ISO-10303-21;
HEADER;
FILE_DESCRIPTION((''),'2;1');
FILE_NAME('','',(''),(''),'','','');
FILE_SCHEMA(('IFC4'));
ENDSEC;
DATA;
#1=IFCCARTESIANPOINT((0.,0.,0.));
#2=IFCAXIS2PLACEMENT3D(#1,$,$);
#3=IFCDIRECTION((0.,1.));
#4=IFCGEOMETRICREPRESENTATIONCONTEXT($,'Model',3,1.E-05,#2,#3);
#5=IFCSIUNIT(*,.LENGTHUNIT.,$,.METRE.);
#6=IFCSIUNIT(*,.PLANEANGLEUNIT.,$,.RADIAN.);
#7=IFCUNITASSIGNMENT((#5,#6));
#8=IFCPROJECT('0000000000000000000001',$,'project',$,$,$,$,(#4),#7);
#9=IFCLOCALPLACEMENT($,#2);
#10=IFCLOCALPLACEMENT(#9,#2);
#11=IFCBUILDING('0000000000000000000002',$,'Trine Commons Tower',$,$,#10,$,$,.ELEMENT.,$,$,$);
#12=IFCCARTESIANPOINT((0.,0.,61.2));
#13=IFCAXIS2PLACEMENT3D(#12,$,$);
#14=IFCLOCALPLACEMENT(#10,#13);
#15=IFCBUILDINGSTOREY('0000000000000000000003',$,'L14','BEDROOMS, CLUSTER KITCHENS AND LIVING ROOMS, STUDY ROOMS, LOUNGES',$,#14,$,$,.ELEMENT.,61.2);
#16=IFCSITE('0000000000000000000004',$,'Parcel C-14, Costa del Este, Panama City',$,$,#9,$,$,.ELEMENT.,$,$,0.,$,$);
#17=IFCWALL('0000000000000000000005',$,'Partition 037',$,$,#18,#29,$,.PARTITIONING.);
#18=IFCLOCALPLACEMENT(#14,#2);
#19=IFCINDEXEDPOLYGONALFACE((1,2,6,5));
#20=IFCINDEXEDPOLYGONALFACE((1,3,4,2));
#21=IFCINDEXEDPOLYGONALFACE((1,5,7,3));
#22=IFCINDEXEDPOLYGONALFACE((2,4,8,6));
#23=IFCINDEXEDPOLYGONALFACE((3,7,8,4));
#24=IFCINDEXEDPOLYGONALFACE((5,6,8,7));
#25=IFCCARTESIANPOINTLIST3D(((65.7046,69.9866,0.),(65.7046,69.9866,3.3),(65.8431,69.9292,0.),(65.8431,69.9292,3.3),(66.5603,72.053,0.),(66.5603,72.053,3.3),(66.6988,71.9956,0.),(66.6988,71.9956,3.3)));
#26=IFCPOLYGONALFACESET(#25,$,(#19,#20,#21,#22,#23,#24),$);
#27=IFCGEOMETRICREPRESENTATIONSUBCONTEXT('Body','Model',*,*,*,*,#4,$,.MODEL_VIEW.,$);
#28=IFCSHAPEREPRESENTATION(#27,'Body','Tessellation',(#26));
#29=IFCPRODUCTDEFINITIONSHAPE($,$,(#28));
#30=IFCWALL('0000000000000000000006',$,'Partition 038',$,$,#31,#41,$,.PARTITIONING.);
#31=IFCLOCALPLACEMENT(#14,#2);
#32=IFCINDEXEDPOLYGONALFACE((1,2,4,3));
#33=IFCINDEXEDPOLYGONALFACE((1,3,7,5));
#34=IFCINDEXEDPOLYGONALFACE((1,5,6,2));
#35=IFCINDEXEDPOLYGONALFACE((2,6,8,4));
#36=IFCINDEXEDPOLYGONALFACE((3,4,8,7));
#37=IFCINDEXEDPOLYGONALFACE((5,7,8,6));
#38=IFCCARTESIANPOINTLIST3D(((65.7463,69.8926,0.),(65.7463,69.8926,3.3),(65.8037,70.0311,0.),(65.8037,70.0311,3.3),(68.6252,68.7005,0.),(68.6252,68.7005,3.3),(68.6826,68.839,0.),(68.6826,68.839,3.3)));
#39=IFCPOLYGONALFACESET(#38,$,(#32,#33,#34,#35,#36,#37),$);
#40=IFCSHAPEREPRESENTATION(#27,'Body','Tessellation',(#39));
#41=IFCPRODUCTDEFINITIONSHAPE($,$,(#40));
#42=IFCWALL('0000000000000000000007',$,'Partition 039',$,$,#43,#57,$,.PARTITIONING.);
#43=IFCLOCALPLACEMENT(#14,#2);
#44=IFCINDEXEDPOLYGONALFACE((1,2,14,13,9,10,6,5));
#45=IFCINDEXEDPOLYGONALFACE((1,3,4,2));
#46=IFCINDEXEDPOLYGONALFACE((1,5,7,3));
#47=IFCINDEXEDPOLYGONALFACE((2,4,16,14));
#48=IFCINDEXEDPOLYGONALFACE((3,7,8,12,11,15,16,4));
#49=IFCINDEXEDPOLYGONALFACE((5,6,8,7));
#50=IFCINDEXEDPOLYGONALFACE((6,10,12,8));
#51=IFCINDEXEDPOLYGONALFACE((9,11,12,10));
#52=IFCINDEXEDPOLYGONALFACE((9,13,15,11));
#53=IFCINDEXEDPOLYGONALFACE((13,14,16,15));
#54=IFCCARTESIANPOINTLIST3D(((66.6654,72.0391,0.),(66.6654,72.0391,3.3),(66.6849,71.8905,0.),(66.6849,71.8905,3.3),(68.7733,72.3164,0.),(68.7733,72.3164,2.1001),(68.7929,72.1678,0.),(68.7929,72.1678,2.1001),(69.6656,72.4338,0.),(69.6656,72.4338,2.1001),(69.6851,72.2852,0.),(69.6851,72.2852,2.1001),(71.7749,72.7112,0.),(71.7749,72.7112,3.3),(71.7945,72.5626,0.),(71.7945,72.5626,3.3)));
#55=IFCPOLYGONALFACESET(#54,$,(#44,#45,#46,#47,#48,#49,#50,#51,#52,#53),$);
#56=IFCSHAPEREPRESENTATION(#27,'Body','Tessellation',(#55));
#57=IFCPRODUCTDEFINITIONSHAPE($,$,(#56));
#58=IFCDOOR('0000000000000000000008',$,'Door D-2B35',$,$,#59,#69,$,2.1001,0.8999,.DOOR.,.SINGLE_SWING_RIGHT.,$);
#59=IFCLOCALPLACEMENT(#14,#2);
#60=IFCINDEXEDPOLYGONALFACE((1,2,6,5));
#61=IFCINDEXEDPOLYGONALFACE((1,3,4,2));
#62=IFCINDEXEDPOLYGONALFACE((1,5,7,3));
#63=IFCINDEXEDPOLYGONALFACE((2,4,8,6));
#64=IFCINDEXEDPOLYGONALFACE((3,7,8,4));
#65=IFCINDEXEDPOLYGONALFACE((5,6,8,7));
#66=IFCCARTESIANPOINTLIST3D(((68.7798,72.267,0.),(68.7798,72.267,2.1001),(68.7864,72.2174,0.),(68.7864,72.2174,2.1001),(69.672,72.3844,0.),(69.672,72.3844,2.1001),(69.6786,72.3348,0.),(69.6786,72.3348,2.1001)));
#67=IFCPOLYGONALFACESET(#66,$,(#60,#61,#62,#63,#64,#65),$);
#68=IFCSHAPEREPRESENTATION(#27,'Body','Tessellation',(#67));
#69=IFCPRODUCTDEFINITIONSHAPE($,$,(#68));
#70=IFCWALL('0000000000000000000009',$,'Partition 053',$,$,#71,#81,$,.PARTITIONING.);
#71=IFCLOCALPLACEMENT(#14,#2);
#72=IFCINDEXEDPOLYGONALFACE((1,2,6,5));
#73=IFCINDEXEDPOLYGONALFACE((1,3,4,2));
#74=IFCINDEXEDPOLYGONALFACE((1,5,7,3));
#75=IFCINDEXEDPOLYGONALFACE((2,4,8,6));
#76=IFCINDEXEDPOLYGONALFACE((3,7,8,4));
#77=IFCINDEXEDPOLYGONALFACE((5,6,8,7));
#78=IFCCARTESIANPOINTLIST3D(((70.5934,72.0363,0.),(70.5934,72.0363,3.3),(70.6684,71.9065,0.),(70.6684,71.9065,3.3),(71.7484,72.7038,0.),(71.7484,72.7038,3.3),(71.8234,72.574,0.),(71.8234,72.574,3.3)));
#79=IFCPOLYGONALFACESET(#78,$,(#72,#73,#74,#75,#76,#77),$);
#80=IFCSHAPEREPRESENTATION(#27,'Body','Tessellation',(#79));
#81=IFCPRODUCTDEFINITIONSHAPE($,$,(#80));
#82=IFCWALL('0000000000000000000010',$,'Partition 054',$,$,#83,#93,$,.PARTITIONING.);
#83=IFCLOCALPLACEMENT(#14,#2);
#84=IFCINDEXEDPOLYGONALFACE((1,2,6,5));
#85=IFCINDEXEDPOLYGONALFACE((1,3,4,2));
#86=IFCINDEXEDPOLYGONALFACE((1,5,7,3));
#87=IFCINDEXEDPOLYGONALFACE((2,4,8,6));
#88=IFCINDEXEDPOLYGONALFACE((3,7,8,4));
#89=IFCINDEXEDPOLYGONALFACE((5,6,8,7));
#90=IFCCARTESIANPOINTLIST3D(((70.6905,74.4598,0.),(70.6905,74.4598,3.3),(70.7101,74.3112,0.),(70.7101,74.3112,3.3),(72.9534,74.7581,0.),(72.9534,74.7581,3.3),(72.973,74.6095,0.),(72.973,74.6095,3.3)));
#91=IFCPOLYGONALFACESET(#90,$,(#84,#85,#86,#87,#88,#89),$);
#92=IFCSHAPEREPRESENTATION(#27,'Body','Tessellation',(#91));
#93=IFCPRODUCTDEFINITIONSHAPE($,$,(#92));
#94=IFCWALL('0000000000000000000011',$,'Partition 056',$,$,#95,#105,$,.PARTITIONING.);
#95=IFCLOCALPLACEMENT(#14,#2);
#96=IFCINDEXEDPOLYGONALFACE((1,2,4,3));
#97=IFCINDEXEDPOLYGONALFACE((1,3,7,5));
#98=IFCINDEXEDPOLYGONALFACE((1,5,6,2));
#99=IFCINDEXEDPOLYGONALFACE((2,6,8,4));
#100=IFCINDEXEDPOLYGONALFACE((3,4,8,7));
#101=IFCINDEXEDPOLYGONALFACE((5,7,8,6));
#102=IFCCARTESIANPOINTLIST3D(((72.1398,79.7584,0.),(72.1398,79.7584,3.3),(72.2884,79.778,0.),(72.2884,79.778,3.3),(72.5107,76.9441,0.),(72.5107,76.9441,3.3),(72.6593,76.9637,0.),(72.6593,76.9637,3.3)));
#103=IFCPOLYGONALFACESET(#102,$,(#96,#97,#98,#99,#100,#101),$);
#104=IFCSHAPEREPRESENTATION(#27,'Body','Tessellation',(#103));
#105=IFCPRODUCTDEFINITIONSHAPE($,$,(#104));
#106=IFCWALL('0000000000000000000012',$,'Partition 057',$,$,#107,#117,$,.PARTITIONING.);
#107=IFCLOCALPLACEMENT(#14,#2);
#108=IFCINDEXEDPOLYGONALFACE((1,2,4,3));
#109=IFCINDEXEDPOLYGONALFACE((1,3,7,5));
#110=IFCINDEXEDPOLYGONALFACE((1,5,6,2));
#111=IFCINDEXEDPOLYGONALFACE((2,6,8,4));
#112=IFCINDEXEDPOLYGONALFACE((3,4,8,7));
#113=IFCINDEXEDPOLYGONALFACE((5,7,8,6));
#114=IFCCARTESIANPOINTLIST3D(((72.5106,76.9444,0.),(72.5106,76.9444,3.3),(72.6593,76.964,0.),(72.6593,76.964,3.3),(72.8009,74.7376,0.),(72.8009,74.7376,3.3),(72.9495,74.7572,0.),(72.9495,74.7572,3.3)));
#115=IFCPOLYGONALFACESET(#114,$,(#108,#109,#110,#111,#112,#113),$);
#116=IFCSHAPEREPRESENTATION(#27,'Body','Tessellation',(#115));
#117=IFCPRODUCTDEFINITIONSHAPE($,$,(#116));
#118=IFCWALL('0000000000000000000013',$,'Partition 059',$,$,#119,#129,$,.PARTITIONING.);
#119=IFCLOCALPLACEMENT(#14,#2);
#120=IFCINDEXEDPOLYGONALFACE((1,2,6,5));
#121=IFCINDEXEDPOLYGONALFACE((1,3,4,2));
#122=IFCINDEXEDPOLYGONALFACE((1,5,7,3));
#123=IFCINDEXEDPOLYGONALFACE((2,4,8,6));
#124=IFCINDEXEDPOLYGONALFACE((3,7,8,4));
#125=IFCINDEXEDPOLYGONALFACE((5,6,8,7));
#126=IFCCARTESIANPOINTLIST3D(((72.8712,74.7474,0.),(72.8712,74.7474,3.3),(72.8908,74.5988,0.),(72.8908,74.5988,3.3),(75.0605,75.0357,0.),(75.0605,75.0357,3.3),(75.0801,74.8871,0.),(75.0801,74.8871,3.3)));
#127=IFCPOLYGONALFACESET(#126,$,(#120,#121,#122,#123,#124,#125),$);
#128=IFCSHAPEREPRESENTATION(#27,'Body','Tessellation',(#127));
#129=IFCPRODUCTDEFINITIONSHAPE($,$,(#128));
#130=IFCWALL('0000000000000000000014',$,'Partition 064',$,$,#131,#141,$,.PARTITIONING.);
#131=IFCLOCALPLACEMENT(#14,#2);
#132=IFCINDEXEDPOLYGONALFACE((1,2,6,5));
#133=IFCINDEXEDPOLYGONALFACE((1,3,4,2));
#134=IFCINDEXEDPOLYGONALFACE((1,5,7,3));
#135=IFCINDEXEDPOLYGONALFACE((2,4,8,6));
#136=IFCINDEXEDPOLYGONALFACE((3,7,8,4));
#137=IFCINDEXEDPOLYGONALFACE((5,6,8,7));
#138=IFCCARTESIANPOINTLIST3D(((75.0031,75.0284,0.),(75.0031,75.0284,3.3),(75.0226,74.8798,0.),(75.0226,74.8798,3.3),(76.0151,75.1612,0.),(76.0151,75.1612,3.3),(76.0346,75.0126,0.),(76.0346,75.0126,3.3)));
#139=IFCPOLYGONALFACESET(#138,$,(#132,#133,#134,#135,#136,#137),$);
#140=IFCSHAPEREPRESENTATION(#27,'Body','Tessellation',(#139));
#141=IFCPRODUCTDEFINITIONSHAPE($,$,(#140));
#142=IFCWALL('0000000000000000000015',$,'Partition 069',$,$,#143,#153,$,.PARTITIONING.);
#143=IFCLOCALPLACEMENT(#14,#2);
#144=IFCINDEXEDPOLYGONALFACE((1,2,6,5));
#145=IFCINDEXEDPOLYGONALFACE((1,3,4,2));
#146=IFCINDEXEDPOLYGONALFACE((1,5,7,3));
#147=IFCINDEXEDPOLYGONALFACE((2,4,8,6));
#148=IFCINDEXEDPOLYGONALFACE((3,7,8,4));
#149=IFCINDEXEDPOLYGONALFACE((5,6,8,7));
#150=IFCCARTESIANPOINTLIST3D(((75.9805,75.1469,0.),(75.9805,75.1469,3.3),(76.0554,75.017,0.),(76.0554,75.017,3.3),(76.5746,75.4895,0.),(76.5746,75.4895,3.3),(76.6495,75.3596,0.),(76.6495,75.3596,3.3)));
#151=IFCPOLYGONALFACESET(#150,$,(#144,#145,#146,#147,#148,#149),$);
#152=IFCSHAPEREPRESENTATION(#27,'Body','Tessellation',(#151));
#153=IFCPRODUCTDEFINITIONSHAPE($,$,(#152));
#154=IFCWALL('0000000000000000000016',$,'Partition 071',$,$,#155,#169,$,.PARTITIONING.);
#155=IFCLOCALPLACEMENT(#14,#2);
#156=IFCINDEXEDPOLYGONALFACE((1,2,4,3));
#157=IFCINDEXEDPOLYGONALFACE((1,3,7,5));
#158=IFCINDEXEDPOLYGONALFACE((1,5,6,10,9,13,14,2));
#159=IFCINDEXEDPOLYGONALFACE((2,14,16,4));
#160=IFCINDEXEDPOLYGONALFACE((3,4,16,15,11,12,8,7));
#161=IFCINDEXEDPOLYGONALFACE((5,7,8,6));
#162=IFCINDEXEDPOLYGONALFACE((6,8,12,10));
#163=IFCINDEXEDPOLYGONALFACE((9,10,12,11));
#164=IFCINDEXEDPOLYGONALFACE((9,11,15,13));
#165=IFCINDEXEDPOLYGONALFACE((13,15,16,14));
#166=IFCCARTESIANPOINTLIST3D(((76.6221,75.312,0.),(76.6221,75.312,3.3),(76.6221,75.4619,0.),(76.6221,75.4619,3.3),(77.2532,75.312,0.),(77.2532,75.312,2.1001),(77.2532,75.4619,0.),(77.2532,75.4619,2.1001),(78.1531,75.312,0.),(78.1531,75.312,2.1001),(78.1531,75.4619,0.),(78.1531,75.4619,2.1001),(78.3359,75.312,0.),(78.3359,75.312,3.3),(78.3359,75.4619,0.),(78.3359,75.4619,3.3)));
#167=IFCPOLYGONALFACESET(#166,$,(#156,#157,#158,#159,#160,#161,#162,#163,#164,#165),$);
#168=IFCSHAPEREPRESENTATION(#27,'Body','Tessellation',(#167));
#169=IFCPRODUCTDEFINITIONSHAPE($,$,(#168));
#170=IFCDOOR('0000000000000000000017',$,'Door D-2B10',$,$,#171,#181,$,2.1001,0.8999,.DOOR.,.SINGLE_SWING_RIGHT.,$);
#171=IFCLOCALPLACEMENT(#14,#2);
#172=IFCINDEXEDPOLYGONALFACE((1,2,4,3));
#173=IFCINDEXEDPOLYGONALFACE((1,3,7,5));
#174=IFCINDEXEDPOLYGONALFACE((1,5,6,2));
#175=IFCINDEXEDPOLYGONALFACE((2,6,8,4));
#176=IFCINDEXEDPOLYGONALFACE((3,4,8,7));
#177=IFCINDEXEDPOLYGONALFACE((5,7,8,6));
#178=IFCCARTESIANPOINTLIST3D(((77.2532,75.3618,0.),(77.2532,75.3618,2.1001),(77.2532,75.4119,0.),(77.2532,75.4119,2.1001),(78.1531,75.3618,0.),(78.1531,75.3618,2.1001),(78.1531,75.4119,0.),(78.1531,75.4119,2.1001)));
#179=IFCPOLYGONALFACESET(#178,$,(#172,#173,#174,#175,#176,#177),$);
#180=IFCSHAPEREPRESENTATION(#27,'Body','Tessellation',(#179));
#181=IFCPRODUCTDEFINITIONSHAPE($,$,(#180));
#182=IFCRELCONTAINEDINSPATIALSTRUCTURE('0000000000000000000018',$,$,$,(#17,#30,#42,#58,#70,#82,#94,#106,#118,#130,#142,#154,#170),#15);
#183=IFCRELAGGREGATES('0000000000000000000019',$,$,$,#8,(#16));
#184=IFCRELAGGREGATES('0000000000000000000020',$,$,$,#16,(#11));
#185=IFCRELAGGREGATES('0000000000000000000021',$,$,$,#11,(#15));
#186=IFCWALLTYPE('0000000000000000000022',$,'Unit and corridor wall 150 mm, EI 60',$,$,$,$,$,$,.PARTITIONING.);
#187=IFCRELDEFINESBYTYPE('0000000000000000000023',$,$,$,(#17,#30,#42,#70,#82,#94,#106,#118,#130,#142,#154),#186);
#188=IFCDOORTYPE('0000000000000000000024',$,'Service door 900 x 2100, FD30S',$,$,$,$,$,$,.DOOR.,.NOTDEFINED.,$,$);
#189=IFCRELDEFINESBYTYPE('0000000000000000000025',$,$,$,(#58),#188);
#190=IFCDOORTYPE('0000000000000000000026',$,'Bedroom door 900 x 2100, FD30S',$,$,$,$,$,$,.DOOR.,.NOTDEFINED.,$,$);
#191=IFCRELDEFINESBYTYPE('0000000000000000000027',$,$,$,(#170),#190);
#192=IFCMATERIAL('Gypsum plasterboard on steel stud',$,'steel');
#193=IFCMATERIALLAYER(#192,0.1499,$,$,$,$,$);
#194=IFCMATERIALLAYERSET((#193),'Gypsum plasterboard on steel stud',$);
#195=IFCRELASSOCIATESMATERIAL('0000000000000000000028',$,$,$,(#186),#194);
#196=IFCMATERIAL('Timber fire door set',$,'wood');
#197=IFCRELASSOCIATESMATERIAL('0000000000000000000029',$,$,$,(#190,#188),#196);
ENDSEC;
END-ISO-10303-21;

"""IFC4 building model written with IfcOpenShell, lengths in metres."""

from ifc_helpers import new_model, si_unit, direction, frame, frame_2d, origin, place, context, subcontext, project, spatial, rectangle, extrude, material, layer, layer_set, type_object, element, fill, save


model = new_model("IFC4")

# Units and contexts
model_context = context("Model", 3, precision=1e-05, world=origin(), true_north=direction((0.0, 1.0)))
body_context = subcontext(model_context, "Body", "Model", "MODEL_VIEW")
ifc_project = project(units=[si_unit("LENGTHUNIT", "METRE"), si_unit("PLANEANGLEUNIT", "RADIAN")], contexts=[model_context])

# Site, building, storey
site_placement = place(None, origin())
site = spatial("IfcSite", under=ifc_project, at=site_placement, Name="Parcel C-14, Costa del Este, Panama City", CompositionType="ELEMENT", RefElevation=0.0)
building_placement = place(site_placement, origin())
building = spatial("IfcBuilding", under=site, at=building_placement, Name="Trine Commons Tower", CompositionType="ELEMENT")
storey_placement = place(building_placement, frame((0.0, 0.0, 61.2)))
storey = spatial("IfcBuildingStorey", under=building, at=storey_placement, Name="L14", Description="BEDROOMS, CLUSTER KITCHENS AND LIVING ROOMS, STUDY ROOMS, LOUNGES", CompositionType="ELEMENT", Elevation=61.2)

# Shared definitions
ifc_material_1 = material(Name="Gypsum plasterboard on steel stud", Category="steel")
ifc_layer_1 = layer(ifc_material_1, 0.1499)
ifc_layer_set_1 = layer_set([ifc_layer_1], Name="Gypsum plasterboard on steel stud")
wall_type_1 = type_object("IfcWallType", Name="Unit and corridor wall 150 mm, EI 60", PredefinedType="PARTITIONING", material=ifc_layer_set_1)

# Shared definitions
ifc_material_2 = material(Name="Timber fire door set", Category="wood")
door_type_1 = type_object("IfcDoorType", Name="Bedroom door 900 x 2100, FD30S", OperationType="NOTDEFINED", PredefinedType="DOOR", material=ifc_material_2)

# Walls
wall_1_placement = place(storey_placement, frame((65.7739, 69.958, 0.0), z_axis=(0.0, 0.0, 1.0), x_axis=(0.382599, 0.923914, 0.0)))
element("IfcWall", 1, at=wall_1_placement, inside=storey, type_object=wall_type_1, Name="Partition 037", PredefinedType="PARTITIONING", context=body_context, shape_type="SweptSolid", body=[
    extrude(rectangle(XDim=2.2366, YDim=0.1499, at=frame_2d((1.1182, 0.0))), origin(), (0.0, 0.0, 1.0), 3.3),
])
wall_2_placement = place(storey_placement, frame((65.7749, 69.9619, 0.0), z_axis=(0.0, 0.0, 1.0), x_axis=(0.923918, -0.382589, 0.0)))
element("IfcWall", 2, at=wall_2_placement, inside=storey, type_object=wall_type_1, Name="Partition 038", PredefinedType="PARTITIONING", context=body_context, shape_type="SweptSolid", body=[
    extrude(rectangle(XDim=3.116, YDim=0.1499, at=frame_2d((1.5581, 0.0))), origin(), (0.0, 0.0, 1.0), 3.3),
])

# Wall, opening, door
wall_3_placement = place(storey_placement, frame((66.6753, 71.9648, 0.0), z_axis=(0.0, 0.0, 1.0), x_axis=(0.991459, 0.130417, 0.0)))
wall_3 = element("IfcWall", 3, at=wall_3_placement, inside=storey, type_object=wall_type_1, Name="Partition 039", PredefinedType="PARTITIONING", context=body_context, shape_type="SweptSolid", body=[
    extrude(rectangle(XDim=5.1536, YDim=0.1499, at=frame_2d((2.5767, 0.0))), origin(), (0.0, 0.0, 1.0), 3.3),
])
opening_1_placement = place(wall_3_placement, frame((2.126, 0.0, 0.0)))
opening_1 = element("IfcOpeningElement", 4, at=opening_1_placement, cuts=wall_3, PredefinedType="OPENING", context=body_context, shape_type="SweptSolid", body=[
    extrude(rectangle(XDim=0.8999, YDim=2.1001, at=frame_2d((0.45, 1.05))), frame((0.0, 0.085, 0.0), z_axis=(0.0, -1.0, 0.0), x_axis=(1.0, 0.0, 0.0)), (0.0, 0.0, 1.0), 0.1699),
])
door_type_2 = type_object("IfcDoorType", Name="Service door 900 x 2100, FD30S", OperationType="NOTDEFINED", PredefinedType="DOOR", material=ifc_material_2)
door_1_placement = place(opening_1_placement, frame((0.8999, 0.0, 0.0), z_axis=(0.0, 0.0, 1.0), x_axis=(-1.0, 0.0, 0.0)))
door_1 = element("IfcDoor", 5, at=door_1_placement, inside=storey, type_object=door_type_2, Name="Door D-2B35", OperationType="SINGLE_SWING_RIGHT", OverallHeight=2.1001, OverallWidth=0.8999, PredefinedType="DOOR", context=body_context, shape_type="SweptSolid", body=[
    extrude(rectangle(XDim=0.8999, YDim=2.1001, at=frame_2d((0.45, 1.05))), frame((0.0, 0.0249, 0.0), z_axis=(0.0, -1.0, 0.0), x_axis=(1.0, 0.0, 0.0)), (0.0, 0.0, 1.0), 0.05),
])
fill(opening_1, door_1)

# Walls
wall_4_placement = place(storey_placement, frame((70.6309, 71.9714, 0.0), z_axis=(0.0, 0.0, 1.0), x_axis=(0.865823, 0.500351, 0.0)))
element("IfcWall", 6, at=wall_4_placement, inside=storey, type_object=wall_type_1, Name="Partition 053", PredefinedType="PARTITIONING", context=body_context, shape_type="SweptSolid", body=[
    extrude(rectangle(XDim=1.334, YDim=0.1499, at=frame_2d((0.667, 0.0))), origin(), (0.0, 0.0, 1.0), 3.3),
])
wall_5_placement = place(storey_placement, frame((70.7004, 74.3855, 0.0), z_axis=(0.0, 0.0, 1.0), x_axis=(0.991421, 0.130706, 0.0)))
element("IfcWall", 7, at=wall_5_placement, inside=storey, type_object=wall_type_1, Name="Partition 054", PredefinedType="PARTITIONING", context=body_context, shape_type="SweptSolid", body=[
    extrude(rectangle(XDim=2.2825, YDim=0.1499, at=frame_2d((1.1411, 0.0))), origin(), (0.0, 0.0, 1.0), 3.3),
])
wall_6_placement = place(storey_placement, frame((72.2141, 79.7683, 0.0), z_axis=(0.0, 0.0, 1.0), x_axis=(0.130648, -0.991429, 0.0)))
element("IfcWall", 8, at=wall_6_placement, inside=storey, type_object=wall_type_1, Name="Partition 056", PredefinedType="PARTITIONING", context=body_context, shape_type="SweptSolid", body=[
    extrude(rectangle(XDim=2.8386, YDim=0.1499, at=frame_2d((1.4194, 0.0))), origin(), (0.0, 0.0, 1.0), 3.3),
])
wall_7_placement = place(storey_placement, frame((72.585, 76.9541, 0.0), z_axis=(0.0, 0.0, 1.0), x_axis=(0.130418, -0.991459, 0.0)))
element("IfcWall", 9, at=wall_7_placement, inside=storey, type_object=wall_type_1, Name="Partition 057", PredefinedType="PARTITIONING", context=body_context, shape_type="SweptSolid", body=[
    extrude(rectangle(XDim=2.2258, YDim=0.1499, at=frame_2d((1.1128, 0.0))), origin(), (0.0, 0.0, 1.0), 3.3),
])
wall_8_placement = place(storey_placement, frame((72.8811, 74.6731, 0.0), z_axis=(0.0, 0.0, 1.0), x_axis=(0.99144, 0.130563, 0.0)))
element("IfcWall", 10, at=wall_8_placement, inside=storey, type_object=wall_type_1, Name="Partition 059", PredefinedType="PARTITIONING", context=body_context, shape_type="SweptSolid", body=[
    extrude(rectangle(XDim=2.2083, YDim=0.1499, at=frame_2d((1.104, 0.0))), origin(), (0.0, 0.0, 1.0), 3.3),
])
wall_9_placement = place(storey_placement, frame((75.0129, 74.9541, 0.0), z_axis=(0.0, 0.0, 1.0), x_axis=(0.991497, 0.130127, 0.0)))
element("IfcWall", 11, at=wall_9_placement, inside=storey, type_object=wall_type_1, Name="Partition 064", PredefinedType="PARTITIONING", context=body_context, shape_type="SweptSolid", body=[
    extrude(rectangle(XDim=1.0208, YDim=0.1499, at=frame_2d((0.5103, 0.0))), origin(), (0.0, 0.0, 1.0), 3.3),
])
wall_10_placement = place(storey_placement, frame((76.0181, 75.082, 0.0), z_axis=(0.0, 0.0, 1.0), x_axis=(0.866286, 0.499548, 0.0)))
element("IfcWall", 12, at=wall_10_placement, inside=storey, type_object=wall_type_1, Name="Partition 069", PredefinedType="PARTITIONING", context=body_context, shape_type="SweptSolid", body=[
    extrude(rectangle(XDim=0.6858, YDim=0.1499, at=frame_2d((0.3428, 0.0))), origin(), (0.0, 0.0, 1.0), 3.3),
])

# Wall, opening, door
wall_11_placement = place(storey_placement, frame((76.6221, 75.387, 0.0), z_axis=(0.0, 0.0, 1.0), x_axis=(1.0, 0.0, 0.0)))
wall_11 = element("IfcWall", 13, at=wall_11_placement, inside=storey, type_object=wall_type_1, Name="Partition 071", PredefinedType="PARTITIONING", context=body_context, shape_type="SweptSolid", body=[
    extrude(rectangle(XDim=1.7139, YDim=0.1499, at=frame_2d((0.8569, 0.0))), origin(), (0.0, 0.0, 1.0), 3.3),
])
opening_2_placement = place(wall_11_placement, frame((0.6311, 0.0, 0.0)))
opening_2 = element("IfcOpeningElement", 14, at=opening_2_placement, cuts=wall_11, PredefinedType="OPENING", context=body_context, shape_type="SweptSolid", body=[
    extrude(rectangle(XDim=0.8999, YDim=2.1001, at=frame_2d((0.45, 1.05))), frame((0.0, 0.085, 0.0), z_axis=(0.0, -1.0, 0.0), x_axis=(1.0, 0.0, 0.0)), (0.0, 0.0, 1.0), 0.1699),
])
door_2_placement = place(opening_2_placement, origin())
door_2 = element("IfcDoor", 15, at=door_2_placement, inside=storey, type_object=door_type_1, Name="Door D-2B10", OperationType="SINGLE_SWING_RIGHT", OverallHeight=2.1001, OverallWidth=0.8999, PredefinedType="DOOR", context=body_context, shape_type="SweptSolid", body=[
    extrude(rectangle(XDim=0.8999, YDim=2.1001, at=frame_2d((0.45, 1.05))), frame((0.0, 0.0249, 0.0), z_axis=(0.0, -1.0, 0.0), x_axis=(1.0, 0.0, 0.0)), (0.0, 0.0, 1.0), 0.05),
])
fill(opening_2, door_2)

save(model, "model.ifc")
